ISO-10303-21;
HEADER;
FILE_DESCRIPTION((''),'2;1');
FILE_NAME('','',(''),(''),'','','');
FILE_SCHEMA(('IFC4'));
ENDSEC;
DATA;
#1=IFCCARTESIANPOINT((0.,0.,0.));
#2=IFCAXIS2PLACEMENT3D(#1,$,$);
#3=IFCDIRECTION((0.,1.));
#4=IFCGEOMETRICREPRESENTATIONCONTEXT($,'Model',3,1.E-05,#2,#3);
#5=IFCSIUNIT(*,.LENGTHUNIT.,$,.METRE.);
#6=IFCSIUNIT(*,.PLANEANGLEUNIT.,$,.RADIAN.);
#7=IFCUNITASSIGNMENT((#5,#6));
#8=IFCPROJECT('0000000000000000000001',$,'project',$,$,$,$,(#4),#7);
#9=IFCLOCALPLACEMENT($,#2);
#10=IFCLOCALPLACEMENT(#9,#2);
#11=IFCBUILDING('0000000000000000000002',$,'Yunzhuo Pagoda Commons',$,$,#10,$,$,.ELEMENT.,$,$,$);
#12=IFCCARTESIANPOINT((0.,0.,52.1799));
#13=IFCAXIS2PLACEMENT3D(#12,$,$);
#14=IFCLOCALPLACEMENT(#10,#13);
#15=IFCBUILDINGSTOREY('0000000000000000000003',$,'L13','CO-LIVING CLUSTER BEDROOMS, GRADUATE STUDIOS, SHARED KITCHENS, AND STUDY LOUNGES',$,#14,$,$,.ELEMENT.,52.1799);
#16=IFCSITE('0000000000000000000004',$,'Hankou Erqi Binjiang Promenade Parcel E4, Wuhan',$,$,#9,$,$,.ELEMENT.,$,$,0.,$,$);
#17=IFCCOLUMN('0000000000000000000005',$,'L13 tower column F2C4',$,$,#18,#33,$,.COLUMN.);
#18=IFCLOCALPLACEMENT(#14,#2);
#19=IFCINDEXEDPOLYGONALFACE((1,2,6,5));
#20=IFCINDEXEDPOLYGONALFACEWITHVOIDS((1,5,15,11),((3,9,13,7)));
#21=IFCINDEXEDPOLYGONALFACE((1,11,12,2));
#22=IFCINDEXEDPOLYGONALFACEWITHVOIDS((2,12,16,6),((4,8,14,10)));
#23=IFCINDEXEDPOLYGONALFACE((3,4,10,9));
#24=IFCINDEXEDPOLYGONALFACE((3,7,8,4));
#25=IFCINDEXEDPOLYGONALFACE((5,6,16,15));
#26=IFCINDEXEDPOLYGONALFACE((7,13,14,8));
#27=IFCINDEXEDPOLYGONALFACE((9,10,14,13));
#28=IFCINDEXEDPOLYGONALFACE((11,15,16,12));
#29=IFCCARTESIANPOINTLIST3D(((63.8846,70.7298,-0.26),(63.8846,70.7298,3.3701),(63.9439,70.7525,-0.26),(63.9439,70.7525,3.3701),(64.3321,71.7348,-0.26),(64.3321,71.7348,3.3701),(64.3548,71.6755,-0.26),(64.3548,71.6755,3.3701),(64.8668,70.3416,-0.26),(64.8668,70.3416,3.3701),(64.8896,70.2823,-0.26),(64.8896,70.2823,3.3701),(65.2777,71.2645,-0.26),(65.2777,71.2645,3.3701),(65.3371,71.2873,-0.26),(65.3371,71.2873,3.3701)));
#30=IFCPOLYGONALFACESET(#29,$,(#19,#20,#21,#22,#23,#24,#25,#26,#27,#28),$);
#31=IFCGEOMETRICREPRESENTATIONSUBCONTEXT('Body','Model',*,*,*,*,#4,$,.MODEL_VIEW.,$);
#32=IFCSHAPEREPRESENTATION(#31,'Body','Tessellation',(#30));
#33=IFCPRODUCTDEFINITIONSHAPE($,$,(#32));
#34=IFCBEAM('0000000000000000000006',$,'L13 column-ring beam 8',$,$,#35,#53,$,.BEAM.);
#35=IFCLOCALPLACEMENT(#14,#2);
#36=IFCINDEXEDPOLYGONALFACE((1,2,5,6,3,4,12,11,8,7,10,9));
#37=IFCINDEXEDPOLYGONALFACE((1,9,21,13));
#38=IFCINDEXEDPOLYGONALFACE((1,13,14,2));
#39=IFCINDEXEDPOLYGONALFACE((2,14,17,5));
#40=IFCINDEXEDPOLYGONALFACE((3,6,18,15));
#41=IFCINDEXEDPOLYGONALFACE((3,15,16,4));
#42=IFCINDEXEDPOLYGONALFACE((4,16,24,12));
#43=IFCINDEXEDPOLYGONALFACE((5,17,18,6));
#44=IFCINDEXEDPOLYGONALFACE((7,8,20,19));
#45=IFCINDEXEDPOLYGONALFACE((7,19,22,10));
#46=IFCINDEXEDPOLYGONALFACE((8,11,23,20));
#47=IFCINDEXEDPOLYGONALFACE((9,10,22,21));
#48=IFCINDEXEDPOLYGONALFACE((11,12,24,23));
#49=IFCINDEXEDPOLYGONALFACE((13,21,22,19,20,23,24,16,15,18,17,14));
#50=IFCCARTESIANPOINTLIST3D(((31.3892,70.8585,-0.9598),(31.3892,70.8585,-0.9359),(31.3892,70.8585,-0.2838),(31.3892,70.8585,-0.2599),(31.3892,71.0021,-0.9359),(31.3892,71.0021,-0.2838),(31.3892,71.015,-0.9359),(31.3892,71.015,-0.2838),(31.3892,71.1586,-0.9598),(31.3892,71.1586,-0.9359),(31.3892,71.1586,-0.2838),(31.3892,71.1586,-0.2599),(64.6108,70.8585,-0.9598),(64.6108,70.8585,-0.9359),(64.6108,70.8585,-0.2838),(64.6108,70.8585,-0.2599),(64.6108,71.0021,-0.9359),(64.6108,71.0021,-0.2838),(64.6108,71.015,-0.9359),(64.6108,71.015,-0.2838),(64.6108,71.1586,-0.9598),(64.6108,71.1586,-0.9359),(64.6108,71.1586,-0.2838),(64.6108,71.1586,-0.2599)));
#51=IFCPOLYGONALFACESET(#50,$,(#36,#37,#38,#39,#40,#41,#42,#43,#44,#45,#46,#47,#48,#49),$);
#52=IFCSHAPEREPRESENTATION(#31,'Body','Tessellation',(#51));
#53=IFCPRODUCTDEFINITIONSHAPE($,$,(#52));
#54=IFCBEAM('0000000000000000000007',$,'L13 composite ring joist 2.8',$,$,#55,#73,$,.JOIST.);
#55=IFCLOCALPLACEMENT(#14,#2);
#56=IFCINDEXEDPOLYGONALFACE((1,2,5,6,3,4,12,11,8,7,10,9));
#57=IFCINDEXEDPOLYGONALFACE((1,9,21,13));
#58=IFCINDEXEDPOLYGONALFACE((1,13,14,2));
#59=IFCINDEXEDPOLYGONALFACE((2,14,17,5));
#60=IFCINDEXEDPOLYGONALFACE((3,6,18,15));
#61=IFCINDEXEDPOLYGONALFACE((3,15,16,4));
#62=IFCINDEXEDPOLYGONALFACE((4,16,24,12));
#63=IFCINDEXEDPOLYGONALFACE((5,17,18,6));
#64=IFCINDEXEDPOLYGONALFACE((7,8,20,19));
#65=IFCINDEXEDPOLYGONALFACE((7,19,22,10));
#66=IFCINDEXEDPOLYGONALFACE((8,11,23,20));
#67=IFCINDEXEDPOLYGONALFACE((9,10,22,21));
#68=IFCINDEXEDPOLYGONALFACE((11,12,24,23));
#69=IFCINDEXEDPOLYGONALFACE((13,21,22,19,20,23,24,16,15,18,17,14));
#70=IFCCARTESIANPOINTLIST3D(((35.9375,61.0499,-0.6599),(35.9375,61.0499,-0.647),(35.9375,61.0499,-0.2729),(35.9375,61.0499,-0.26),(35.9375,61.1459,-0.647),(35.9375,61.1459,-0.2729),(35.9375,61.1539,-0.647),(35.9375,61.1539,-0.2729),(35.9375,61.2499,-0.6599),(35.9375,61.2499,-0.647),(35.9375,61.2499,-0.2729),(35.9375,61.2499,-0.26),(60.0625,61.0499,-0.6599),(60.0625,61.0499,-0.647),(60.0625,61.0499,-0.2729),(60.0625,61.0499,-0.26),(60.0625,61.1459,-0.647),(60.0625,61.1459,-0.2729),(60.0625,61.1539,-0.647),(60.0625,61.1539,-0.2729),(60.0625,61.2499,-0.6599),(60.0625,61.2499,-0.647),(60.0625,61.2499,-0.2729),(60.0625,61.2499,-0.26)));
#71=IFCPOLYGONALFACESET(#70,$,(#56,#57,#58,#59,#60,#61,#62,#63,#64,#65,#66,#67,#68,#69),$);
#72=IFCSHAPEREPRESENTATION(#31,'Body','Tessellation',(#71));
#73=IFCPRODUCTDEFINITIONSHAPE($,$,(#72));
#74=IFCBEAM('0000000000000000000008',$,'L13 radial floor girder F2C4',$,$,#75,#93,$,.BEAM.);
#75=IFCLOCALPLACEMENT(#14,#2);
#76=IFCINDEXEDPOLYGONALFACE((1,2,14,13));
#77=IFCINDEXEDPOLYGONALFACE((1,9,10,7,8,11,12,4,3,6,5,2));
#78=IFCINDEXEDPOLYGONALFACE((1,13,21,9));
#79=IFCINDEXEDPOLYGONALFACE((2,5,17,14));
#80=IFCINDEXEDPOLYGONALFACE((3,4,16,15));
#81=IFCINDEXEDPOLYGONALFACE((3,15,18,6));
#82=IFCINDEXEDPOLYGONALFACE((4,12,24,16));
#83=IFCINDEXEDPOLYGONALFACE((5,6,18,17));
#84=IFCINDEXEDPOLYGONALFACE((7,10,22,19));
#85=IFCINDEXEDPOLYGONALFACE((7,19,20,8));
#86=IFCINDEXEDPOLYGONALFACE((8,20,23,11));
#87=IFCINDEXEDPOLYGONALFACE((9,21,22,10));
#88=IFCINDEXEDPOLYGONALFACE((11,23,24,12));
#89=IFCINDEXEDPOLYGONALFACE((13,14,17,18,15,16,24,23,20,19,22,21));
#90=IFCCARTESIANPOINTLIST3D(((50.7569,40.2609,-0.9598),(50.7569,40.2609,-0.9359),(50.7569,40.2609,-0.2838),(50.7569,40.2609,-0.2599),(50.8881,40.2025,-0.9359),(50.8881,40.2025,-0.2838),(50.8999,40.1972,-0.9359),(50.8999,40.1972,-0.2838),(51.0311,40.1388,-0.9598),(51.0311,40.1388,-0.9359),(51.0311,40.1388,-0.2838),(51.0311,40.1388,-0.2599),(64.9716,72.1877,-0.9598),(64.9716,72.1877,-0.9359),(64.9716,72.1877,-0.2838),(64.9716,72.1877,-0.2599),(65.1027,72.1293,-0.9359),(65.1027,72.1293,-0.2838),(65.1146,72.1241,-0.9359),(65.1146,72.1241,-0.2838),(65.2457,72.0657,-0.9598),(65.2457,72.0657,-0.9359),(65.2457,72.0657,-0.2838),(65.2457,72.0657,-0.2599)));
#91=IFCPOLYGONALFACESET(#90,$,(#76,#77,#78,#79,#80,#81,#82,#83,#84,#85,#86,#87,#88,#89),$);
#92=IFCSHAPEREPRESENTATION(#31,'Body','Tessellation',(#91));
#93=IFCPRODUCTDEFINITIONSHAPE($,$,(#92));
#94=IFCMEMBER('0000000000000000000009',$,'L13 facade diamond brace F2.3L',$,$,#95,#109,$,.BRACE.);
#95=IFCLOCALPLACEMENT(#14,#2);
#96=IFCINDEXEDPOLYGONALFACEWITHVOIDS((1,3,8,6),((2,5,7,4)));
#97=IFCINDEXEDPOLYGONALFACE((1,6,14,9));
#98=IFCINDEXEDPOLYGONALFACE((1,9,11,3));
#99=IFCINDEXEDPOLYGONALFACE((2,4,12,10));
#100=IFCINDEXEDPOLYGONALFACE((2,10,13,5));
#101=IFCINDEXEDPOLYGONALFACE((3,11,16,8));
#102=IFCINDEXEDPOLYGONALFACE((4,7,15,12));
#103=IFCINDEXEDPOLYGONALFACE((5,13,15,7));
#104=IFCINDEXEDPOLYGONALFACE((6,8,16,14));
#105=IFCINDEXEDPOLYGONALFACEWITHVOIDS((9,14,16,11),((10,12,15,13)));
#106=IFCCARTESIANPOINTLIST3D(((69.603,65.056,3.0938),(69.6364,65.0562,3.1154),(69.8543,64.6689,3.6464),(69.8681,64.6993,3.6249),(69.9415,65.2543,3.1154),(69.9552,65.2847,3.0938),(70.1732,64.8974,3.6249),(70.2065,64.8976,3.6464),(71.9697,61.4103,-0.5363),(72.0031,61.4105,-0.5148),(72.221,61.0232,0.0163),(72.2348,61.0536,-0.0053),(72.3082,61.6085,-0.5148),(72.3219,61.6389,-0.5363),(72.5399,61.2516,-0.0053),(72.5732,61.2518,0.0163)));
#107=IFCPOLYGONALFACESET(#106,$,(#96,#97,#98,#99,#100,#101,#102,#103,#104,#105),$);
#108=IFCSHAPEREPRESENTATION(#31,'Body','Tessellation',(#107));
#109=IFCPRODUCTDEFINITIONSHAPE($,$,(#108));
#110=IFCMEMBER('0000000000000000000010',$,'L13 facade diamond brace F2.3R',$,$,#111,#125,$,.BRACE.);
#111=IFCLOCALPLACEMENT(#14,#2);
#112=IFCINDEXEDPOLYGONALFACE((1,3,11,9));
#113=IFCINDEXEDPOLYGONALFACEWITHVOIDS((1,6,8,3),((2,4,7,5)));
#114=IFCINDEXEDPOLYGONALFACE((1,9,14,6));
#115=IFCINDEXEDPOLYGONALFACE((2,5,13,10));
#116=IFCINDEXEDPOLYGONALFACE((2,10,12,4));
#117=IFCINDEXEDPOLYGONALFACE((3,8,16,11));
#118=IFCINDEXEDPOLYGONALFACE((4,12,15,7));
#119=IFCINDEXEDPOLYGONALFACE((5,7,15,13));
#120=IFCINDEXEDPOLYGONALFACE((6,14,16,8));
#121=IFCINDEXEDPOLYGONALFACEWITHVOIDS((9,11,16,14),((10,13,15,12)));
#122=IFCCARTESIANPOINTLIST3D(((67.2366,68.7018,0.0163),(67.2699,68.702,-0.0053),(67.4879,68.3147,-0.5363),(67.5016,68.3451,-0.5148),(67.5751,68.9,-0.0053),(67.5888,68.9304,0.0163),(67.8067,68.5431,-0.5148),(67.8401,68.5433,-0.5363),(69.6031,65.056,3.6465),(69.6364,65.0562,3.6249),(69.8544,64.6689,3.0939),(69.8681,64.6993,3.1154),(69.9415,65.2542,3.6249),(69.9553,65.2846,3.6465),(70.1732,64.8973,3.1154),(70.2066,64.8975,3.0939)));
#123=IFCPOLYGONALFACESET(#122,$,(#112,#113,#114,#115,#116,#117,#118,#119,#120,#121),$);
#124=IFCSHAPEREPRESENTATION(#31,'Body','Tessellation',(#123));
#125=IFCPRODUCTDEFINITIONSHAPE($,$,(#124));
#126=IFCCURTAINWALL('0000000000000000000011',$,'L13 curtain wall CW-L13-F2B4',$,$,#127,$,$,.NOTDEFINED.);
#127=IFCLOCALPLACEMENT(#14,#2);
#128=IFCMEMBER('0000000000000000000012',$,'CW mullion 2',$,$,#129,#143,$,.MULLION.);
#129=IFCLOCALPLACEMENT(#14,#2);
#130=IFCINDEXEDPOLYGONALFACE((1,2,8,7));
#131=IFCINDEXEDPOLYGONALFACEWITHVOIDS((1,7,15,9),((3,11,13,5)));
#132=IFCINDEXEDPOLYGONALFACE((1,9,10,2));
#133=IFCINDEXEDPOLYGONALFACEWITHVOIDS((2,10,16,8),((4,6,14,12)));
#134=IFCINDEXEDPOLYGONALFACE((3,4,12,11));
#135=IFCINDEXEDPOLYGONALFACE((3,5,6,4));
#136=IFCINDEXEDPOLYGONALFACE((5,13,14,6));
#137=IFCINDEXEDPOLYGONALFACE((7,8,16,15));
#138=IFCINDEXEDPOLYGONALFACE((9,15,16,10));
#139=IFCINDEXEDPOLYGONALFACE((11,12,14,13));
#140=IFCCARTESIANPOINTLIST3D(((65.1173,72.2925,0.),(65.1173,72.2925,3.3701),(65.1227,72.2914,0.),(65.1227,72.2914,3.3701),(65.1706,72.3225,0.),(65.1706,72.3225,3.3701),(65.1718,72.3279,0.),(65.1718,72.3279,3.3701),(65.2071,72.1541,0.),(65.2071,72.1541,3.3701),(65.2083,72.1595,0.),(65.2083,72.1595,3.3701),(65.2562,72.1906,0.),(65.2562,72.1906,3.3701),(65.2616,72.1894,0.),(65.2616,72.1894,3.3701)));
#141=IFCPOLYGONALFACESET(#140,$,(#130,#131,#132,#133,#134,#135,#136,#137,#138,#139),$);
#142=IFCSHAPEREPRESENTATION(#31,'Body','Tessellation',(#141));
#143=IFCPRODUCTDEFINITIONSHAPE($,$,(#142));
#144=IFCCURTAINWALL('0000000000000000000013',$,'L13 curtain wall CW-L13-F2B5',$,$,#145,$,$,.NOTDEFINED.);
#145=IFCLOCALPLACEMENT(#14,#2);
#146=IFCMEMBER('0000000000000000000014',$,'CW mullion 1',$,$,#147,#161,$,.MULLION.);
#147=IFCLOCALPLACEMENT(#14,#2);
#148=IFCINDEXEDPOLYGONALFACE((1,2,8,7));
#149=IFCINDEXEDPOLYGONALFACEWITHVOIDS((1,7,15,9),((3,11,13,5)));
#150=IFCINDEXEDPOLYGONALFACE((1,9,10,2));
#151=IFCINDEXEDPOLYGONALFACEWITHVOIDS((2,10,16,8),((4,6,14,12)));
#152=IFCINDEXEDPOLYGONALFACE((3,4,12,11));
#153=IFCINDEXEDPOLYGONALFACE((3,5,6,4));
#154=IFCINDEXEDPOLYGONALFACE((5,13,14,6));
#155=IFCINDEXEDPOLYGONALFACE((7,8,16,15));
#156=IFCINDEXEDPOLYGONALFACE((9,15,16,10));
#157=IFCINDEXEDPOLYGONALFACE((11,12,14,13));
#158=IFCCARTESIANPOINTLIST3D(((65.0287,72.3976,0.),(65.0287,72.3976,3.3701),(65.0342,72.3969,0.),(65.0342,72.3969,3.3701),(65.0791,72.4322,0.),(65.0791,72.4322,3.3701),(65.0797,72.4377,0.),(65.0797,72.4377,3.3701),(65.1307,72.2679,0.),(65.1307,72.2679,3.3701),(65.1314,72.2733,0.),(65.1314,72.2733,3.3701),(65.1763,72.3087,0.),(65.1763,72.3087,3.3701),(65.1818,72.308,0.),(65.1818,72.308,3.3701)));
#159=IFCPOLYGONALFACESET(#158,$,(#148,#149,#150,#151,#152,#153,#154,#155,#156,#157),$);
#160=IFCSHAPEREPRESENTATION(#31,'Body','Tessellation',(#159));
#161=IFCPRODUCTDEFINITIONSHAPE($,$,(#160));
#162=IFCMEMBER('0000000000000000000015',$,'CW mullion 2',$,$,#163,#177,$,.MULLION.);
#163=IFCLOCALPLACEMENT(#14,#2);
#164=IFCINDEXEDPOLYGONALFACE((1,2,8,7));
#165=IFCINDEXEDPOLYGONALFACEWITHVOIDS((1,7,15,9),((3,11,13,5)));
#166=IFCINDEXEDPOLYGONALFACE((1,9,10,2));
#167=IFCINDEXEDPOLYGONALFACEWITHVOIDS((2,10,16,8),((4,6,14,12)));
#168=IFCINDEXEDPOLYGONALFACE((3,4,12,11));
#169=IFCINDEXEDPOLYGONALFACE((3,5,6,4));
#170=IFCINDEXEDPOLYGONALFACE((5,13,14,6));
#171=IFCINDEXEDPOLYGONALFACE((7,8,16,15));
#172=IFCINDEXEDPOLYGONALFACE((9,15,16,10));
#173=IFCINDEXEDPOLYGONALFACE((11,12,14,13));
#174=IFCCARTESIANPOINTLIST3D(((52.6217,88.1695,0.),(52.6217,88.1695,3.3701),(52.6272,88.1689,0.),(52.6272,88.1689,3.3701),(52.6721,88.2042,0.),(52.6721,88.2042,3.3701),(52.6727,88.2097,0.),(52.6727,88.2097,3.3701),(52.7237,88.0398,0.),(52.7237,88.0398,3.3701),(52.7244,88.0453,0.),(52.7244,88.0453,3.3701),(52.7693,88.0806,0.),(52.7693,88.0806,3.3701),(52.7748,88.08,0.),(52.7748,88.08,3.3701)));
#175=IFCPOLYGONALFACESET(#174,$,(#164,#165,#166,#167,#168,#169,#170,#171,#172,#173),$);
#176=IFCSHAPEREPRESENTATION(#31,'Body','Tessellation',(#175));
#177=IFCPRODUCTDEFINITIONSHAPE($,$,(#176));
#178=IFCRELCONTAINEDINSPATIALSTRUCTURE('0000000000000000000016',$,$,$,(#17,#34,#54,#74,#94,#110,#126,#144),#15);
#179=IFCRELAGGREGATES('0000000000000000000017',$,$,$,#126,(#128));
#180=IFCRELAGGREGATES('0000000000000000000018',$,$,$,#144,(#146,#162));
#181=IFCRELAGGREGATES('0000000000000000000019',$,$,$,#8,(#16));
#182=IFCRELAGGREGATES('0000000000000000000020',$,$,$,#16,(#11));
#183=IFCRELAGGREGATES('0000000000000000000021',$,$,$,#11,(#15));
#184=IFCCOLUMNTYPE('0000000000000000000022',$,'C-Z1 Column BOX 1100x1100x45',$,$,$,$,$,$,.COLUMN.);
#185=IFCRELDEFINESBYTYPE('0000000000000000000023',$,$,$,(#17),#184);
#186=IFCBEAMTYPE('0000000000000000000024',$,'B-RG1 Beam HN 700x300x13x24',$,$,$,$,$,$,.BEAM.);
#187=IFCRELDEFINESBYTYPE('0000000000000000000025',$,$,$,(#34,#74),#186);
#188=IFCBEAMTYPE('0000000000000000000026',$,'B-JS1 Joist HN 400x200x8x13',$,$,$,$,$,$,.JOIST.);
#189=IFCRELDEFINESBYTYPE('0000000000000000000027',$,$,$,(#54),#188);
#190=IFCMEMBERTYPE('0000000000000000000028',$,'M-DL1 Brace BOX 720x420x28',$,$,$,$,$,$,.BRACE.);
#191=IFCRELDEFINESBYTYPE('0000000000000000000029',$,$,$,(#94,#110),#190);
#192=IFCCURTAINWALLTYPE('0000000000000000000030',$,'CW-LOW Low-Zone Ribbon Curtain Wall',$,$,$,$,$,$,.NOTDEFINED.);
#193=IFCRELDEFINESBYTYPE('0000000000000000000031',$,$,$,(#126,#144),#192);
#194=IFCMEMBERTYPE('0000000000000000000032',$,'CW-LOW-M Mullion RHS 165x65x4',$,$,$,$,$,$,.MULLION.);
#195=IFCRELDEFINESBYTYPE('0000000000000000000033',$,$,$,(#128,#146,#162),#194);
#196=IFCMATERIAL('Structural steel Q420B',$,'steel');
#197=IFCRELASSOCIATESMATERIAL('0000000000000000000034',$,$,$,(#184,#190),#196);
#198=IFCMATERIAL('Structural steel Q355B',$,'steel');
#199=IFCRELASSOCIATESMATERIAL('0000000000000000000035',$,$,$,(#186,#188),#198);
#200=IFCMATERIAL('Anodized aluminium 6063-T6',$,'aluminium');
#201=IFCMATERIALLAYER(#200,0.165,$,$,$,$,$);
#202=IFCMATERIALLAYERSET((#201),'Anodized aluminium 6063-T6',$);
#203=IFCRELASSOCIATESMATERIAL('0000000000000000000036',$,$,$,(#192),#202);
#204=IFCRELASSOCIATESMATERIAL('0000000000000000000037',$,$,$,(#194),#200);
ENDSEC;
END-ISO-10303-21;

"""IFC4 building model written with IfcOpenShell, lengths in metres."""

from ifc_helpers import new_model, si_unit, direction, frame, origin, origin_2d, place, context, subcontext, project, spatial, hollow_rectangle, i_section, extrude, source, transform, mapped, material, layer, layer_set, material_profile, profile_set, type_object, element, aggregate, save


model = new_model("IFC4")

# Units and contexts
model_context = context("Model", 3, precision=1e-05, world=origin(), true_north=direction((0.0, 1.0)))
body_context = subcontext(model_context, "Body", "Model", "MODEL_VIEW")
ifc_project = project(units=[si_unit("LENGTHUNIT", "METRE"), si_unit("PLANEANGLEUNIT", "RADIAN")], contexts=[model_context])

# Site, building, storey
site_placement = place(None, origin())
site = spatial("IfcSite", under=ifc_project, at=site_placement, Name="Hankou Erqi Binjiang Promenade Parcel E4, Wuhan", CompositionType="ELEMENT", RefElevation=0.0)
building_placement = place(site_placement, origin())
building = spatial("IfcBuilding", under=site, at=building_placement, Name="Yunzhuo Pagoda Commons", CompositionType="ELEMENT")
storey_placement = place(building_placement, frame((0.0, 0.0, 52.1799)))
storey = spatial("IfcBuildingStorey", under=building, at=storey_placement, Name="L13", Description="CO-LIVING CLUSTER BEDROOMS, GRADUATE STUDIOS, SHARED KITCHENS, AND STUDY LOUNGES", CompositionType="ELEMENT", Elevation=52.1799)

# Column
ifc_material_1 = material(Name="Structural steel Q420B", Category="steel")
ifc_material_profile_1 = material_profile(ifc_material_1, hollow_rectangle(XDim=1.1001, YDim=1.1001, WallThickness=0.0449, at=origin_2d()), Name="Structural steel Q420B")
ifc_profile_set_1 = profile_set([ifc_material_profile_1], Name="Structural steel Q420B")
column_type = type_object("IfcColumnType", Name="C-Z1 Column BOX 1100x1100x45", PredefinedType="COLUMN", material=ifc_profile_set_1)
shared_shape_1 = source(origin(), body_context, "Body", "SweptSolid", [
    extrude(hollow_rectangle(XDim=1.1001, YDim=1.1001, WallThickness=0.0449, at=origin_2d()), origin(), (0.0, 0.0, 1.0), 3.6301),
])
column_placement = place(storey_placement, frame((64.6108, 71.0085, -0.26), z_axis=(0.0, 0.0, 1.0), x_axis=(-0.913545, 0.406737, 0.0)))
element("IfcColumn", 1, at=column_placement, inside=storey, type_object=column_type, Name="L13 tower column F2C4", PredefinedType="COLUMN", context=body_context, shape_type="MappedRepresentation", body=[
    mapped(shared_shape_1, transform((0.0, 0.0, 0.0), scale=1.0)),
])

# Beams
ifc_material_2 = material(Name="Structural steel Q355B", Category="steel")
ifc_material_profile_2 = material_profile(ifc_material_2, i_section(OverallWidth=0.3, OverallDepth=0.7, WebThickness=0.0129, FlangeThickness=0.0239, at=origin_2d()), Name="Structural steel Q355B")
ifc_profile_set_2 = profile_set([ifc_material_profile_2], Name="Structural steel Q355B")
beam_type_1 = type_object("IfcBeamType", Name="B-RG1 Beam HN 700x300x13x24", PredefinedType="BEAM", material=ifc_profile_set_2)
shared_shape_2 = source(origin(), body_context, "Body", "SweptSolid", [
    extrude(i_section(OverallWidth=0.3, OverallDepth=0.7, WebThickness=0.0129, FlangeThickness=0.0239, at=origin_2d()), origin(), (0.0, 0.0, 1.0), 33.2217),
])
beam_1_placement = place(storey_placement, frame((64.6108, 71.0085, -0.6099), z_axis=(-1.0, 0.0, 0.0), x_axis=(0.0, -1.0, 0.0)))
element("IfcBeam", 2, at=beam_1_placement, inside=storey, type_object=beam_type_1, Name="L13 column-ring beam 8", PredefinedType="BEAM", context=body_context, shape_type="MappedRepresentation", body=[
    mapped(shared_shape_2, transform((0.0, 0.0, 0.0), scale=1.0)),
])
ifc_material_profile_3 = material_profile(ifc_material_2, i_section(OverallWidth=0.2, OverallDepth=0.3999, WebThickness=0.0081, FlangeThickness=0.0129, at=origin_2d()), Name="Structural steel Q355B")
ifc_profile_set_3 = profile_set([ifc_material_profile_3], Name="Structural steel Q355B")
beam_type_2 = type_object("IfcBeamType", Name="B-JS1 Joist HN 400x200x8x13", PredefinedType="JOIST", material=ifc_profile_set_3)
shared_shape_3 = source(origin(), body_context, "Body", "SweptSolid", [
    extrude(i_section(OverallWidth=0.2, OverallDepth=0.3999, WebThickness=0.0081, FlangeThickness=0.0129, at=origin_2d()), origin(), (0.0, 0.0, 1.0), 24.125),
])
beam_2_placement = place(storey_placement, frame((60.0625, 61.1499, -0.46), z_axis=(-1.0, 0.0, 0.0), x_axis=(0.0, -1.0, 0.0)))
element("IfcBeam", 3, at=beam_2_placement, inside=storey, type_object=beam_type_2, Name="L13 composite ring joist 2.8", PredefinedType="JOIST", context=body_context, shape_type="MappedRepresentation", body=[
    mapped(shared_shape_3, transform((0.0, 0.0, 0.0), scale=1.0)),
])
shared_shape_4 = source(origin(), body_context, "Body", "SweptSolid", [
    extrude(i_section(OverallWidth=0.3, OverallDepth=0.7, WebThickness=0.0129, FlangeThickness=0.0239, at=origin_2d()), origin(), (0.0, 0.0, 1.0), 34.9482),
])
beam_3_placement = place(storey_placement, frame((65.1086, 72.1267, -0.6099), z_axis=(-0.406734, -0.913547, 0.0), x_axis=(0.913547, -0.406734, 0.0)))
element("IfcBeam", 4, at=beam_3_placement, inside=storey, type_object=beam_type_1, Name="L13 radial floor girder F2C4", PredefinedType="BEAM", context=body_context, shape_type="MappedRepresentation", body=[
    mapped(shared_shape_4, transform((0.0, 0.0, 0.0), scale=1.0)),
])

# Members
ifc_material_profile_4 = material_profile(ifc_material_1, hollow_rectangle(XDim=0.4199, YDim=0.72, WallThickness=0.0281, at=origin_2d()), Name="Structural steel Q420B")
ifc_profile_set_4 = profile_set([ifc_material_profile_4], Name="Structural steel Q420B")
member_type_1 = type_object("IfcMemberType", Name="M-DL1 Brace BOX 720x420x28", PredefinedType="BRACE", material=ifc_profile_set_4)
shared_shape_5 = source(origin(), body_context, "Body", "SweptSolid", [
    extrude(hollow_rectangle(XDim=0.4199, YDim=0.72, WallThickness=0.0281, at=origin_2d()), origin(), (0.0, 0.0, 1.0), 5.6631),
])
for number, where, z_axis, x_axis, name in (
    (5, (72.2715, 61.3311, -0.26), (-0.417917, 0.643774, 0.641015), (-0.838763, -0.544497, 0.0), "L13 facade diamond brace F2.3L"),
    (6, (67.5383, 68.6226, -0.26), (0.417881, -0.643786, 0.641027), (0.838789, 0.544457, 0.0), "L13 facade diamond brace F2.3R"),
):
    element("IfcMember", number, at=place(storey_placement, frame(where, z_axis=z_axis, x_axis=x_axis)), inside=storey, type_object=member_type_1, Name=name, PredefinedType="BRACE", context=body_context, shape_type="MappedRepresentation", body=[
        mapped(shared_shape_5, transform((0.0, 0.0, 0.0), scale=1.0)),
    ])

# Curtain wall, member
ifc_material_3 = material(Name="Anodized aluminium 6063-T6", Category="aluminium")
ifc_layer_1 = layer(ifc_material_3, 0.165)
ifc_layer_set_1 = layer_set([ifc_layer_1], Name="Anodized aluminium 6063-T6")
curtain_wall_type = type_object("IfcCurtainWallType", Name="CW-LOW Low-Zone Ribbon Curtain Wall", PredefinedType="NOTDEFINED", material=ifc_layer_set_1)
curtain_wall_1_placement = place(storey_placement, origin())
curtain_wall_1 = element("IfcCurtainWall", 7, at=curtain_wall_1_placement, inside=storey, type_object=curtain_wall_type, Name="L13 curtain wall CW-L13-F2B4", PredefinedType="NOTDEFINED")
ifc_material_profile_5 = material_profile(ifc_material_3, hollow_rectangle(XDim=0.0649, YDim=0.165, WallThickness=0.0039, at=origin_2d()), Name="Anodized aluminium 6063-T6")
ifc_profile_set_5 = profile_set([ifc_material_profile_5], Name="Anodized aluminium 6063-T6")
member_type_2 = type_object("IfcMemberType", Name="CW-LOW-M Mullion RHS 165x65x4", PredefinedType="MULLION", material=ifc_profile_set_5)
shared_shape_6 = source(origin(), body_context, "Body", "SweptSolid", [
    extrude(hollow_rectangle(XDim=0.0649, YDim=0.165, WallThickness=0.0039, at=origin_2d()), origin(), (0.0, 0.0, 1.0), 3.3701),
])
member_1_placement = place(storey_placement, frame((65.1895, 72.241, 0.0), z_axis=(0.0, 0.0, 1.0), x_axis=(-0.838777, -0.544476, 0.0)))
member_1 = element("IfcMember", 8, at=member_1_placement, type_object=member_type_2, Name="CW mullion 2", PredefinedType="MULLION", context=body_context, shape_type="MappedRepresentation", body=[
    mapped(shared_shape_6, transform((0.0, 0.0, 0.0), scale=1.0)),
])

# Curtain wall, members
curtain_wall_2_placement = place(storey_placement, origin())
curtain_wall_2 = element("IfcCurtainWall", 9, at=curtain_wall_2_placement, inside=storey, type_object=curtain_wall_type, Name="L13 curtain wall CW-L13-F2B5", PredefinedType="NOTDEFINED")
member_2_placement = place(storey_placement, frame((65.1052, 72.3528, 0.0), z_axis=(0.0, 0.0, 1.0), x_axis=(-0.785964, -0.618272, 0.0)))
member_2 = element("IfcMember", 10, at=member_2_placement, type_object=member_type_2, Name="CW mullion 1", PredefinedType="MULLION", context=body_context, shape_type="MappedRepresentation", body=[
    mapped(shared_shape_6, transform((0.0, 0.0, 0.0), scale=1.0)),
])
member_3_placement = place(storey_placement, frame((52.6982, 88.1248, 0.0), z_axis=(0.0, 0.0, 1.0), x_axis=(-0.785964, -0.618272, 0.0)))
member_3 = element("IfcMember", 11, at=member_3_placement, type_object=member_type_2, Name="CW mullion 2", PredefinedType="MULLION", context=body_context, shape_type="MappedRepresentation", body=[
    mapped(shared_shape_6, transform((0.0, 0.0, 0.0), scale=1.0)),
])

aggregate(curtain_wall_1, [member_1])
aggregate(curtain_wall_2, [member_2, member_3])

save(model, "model.ifc")
